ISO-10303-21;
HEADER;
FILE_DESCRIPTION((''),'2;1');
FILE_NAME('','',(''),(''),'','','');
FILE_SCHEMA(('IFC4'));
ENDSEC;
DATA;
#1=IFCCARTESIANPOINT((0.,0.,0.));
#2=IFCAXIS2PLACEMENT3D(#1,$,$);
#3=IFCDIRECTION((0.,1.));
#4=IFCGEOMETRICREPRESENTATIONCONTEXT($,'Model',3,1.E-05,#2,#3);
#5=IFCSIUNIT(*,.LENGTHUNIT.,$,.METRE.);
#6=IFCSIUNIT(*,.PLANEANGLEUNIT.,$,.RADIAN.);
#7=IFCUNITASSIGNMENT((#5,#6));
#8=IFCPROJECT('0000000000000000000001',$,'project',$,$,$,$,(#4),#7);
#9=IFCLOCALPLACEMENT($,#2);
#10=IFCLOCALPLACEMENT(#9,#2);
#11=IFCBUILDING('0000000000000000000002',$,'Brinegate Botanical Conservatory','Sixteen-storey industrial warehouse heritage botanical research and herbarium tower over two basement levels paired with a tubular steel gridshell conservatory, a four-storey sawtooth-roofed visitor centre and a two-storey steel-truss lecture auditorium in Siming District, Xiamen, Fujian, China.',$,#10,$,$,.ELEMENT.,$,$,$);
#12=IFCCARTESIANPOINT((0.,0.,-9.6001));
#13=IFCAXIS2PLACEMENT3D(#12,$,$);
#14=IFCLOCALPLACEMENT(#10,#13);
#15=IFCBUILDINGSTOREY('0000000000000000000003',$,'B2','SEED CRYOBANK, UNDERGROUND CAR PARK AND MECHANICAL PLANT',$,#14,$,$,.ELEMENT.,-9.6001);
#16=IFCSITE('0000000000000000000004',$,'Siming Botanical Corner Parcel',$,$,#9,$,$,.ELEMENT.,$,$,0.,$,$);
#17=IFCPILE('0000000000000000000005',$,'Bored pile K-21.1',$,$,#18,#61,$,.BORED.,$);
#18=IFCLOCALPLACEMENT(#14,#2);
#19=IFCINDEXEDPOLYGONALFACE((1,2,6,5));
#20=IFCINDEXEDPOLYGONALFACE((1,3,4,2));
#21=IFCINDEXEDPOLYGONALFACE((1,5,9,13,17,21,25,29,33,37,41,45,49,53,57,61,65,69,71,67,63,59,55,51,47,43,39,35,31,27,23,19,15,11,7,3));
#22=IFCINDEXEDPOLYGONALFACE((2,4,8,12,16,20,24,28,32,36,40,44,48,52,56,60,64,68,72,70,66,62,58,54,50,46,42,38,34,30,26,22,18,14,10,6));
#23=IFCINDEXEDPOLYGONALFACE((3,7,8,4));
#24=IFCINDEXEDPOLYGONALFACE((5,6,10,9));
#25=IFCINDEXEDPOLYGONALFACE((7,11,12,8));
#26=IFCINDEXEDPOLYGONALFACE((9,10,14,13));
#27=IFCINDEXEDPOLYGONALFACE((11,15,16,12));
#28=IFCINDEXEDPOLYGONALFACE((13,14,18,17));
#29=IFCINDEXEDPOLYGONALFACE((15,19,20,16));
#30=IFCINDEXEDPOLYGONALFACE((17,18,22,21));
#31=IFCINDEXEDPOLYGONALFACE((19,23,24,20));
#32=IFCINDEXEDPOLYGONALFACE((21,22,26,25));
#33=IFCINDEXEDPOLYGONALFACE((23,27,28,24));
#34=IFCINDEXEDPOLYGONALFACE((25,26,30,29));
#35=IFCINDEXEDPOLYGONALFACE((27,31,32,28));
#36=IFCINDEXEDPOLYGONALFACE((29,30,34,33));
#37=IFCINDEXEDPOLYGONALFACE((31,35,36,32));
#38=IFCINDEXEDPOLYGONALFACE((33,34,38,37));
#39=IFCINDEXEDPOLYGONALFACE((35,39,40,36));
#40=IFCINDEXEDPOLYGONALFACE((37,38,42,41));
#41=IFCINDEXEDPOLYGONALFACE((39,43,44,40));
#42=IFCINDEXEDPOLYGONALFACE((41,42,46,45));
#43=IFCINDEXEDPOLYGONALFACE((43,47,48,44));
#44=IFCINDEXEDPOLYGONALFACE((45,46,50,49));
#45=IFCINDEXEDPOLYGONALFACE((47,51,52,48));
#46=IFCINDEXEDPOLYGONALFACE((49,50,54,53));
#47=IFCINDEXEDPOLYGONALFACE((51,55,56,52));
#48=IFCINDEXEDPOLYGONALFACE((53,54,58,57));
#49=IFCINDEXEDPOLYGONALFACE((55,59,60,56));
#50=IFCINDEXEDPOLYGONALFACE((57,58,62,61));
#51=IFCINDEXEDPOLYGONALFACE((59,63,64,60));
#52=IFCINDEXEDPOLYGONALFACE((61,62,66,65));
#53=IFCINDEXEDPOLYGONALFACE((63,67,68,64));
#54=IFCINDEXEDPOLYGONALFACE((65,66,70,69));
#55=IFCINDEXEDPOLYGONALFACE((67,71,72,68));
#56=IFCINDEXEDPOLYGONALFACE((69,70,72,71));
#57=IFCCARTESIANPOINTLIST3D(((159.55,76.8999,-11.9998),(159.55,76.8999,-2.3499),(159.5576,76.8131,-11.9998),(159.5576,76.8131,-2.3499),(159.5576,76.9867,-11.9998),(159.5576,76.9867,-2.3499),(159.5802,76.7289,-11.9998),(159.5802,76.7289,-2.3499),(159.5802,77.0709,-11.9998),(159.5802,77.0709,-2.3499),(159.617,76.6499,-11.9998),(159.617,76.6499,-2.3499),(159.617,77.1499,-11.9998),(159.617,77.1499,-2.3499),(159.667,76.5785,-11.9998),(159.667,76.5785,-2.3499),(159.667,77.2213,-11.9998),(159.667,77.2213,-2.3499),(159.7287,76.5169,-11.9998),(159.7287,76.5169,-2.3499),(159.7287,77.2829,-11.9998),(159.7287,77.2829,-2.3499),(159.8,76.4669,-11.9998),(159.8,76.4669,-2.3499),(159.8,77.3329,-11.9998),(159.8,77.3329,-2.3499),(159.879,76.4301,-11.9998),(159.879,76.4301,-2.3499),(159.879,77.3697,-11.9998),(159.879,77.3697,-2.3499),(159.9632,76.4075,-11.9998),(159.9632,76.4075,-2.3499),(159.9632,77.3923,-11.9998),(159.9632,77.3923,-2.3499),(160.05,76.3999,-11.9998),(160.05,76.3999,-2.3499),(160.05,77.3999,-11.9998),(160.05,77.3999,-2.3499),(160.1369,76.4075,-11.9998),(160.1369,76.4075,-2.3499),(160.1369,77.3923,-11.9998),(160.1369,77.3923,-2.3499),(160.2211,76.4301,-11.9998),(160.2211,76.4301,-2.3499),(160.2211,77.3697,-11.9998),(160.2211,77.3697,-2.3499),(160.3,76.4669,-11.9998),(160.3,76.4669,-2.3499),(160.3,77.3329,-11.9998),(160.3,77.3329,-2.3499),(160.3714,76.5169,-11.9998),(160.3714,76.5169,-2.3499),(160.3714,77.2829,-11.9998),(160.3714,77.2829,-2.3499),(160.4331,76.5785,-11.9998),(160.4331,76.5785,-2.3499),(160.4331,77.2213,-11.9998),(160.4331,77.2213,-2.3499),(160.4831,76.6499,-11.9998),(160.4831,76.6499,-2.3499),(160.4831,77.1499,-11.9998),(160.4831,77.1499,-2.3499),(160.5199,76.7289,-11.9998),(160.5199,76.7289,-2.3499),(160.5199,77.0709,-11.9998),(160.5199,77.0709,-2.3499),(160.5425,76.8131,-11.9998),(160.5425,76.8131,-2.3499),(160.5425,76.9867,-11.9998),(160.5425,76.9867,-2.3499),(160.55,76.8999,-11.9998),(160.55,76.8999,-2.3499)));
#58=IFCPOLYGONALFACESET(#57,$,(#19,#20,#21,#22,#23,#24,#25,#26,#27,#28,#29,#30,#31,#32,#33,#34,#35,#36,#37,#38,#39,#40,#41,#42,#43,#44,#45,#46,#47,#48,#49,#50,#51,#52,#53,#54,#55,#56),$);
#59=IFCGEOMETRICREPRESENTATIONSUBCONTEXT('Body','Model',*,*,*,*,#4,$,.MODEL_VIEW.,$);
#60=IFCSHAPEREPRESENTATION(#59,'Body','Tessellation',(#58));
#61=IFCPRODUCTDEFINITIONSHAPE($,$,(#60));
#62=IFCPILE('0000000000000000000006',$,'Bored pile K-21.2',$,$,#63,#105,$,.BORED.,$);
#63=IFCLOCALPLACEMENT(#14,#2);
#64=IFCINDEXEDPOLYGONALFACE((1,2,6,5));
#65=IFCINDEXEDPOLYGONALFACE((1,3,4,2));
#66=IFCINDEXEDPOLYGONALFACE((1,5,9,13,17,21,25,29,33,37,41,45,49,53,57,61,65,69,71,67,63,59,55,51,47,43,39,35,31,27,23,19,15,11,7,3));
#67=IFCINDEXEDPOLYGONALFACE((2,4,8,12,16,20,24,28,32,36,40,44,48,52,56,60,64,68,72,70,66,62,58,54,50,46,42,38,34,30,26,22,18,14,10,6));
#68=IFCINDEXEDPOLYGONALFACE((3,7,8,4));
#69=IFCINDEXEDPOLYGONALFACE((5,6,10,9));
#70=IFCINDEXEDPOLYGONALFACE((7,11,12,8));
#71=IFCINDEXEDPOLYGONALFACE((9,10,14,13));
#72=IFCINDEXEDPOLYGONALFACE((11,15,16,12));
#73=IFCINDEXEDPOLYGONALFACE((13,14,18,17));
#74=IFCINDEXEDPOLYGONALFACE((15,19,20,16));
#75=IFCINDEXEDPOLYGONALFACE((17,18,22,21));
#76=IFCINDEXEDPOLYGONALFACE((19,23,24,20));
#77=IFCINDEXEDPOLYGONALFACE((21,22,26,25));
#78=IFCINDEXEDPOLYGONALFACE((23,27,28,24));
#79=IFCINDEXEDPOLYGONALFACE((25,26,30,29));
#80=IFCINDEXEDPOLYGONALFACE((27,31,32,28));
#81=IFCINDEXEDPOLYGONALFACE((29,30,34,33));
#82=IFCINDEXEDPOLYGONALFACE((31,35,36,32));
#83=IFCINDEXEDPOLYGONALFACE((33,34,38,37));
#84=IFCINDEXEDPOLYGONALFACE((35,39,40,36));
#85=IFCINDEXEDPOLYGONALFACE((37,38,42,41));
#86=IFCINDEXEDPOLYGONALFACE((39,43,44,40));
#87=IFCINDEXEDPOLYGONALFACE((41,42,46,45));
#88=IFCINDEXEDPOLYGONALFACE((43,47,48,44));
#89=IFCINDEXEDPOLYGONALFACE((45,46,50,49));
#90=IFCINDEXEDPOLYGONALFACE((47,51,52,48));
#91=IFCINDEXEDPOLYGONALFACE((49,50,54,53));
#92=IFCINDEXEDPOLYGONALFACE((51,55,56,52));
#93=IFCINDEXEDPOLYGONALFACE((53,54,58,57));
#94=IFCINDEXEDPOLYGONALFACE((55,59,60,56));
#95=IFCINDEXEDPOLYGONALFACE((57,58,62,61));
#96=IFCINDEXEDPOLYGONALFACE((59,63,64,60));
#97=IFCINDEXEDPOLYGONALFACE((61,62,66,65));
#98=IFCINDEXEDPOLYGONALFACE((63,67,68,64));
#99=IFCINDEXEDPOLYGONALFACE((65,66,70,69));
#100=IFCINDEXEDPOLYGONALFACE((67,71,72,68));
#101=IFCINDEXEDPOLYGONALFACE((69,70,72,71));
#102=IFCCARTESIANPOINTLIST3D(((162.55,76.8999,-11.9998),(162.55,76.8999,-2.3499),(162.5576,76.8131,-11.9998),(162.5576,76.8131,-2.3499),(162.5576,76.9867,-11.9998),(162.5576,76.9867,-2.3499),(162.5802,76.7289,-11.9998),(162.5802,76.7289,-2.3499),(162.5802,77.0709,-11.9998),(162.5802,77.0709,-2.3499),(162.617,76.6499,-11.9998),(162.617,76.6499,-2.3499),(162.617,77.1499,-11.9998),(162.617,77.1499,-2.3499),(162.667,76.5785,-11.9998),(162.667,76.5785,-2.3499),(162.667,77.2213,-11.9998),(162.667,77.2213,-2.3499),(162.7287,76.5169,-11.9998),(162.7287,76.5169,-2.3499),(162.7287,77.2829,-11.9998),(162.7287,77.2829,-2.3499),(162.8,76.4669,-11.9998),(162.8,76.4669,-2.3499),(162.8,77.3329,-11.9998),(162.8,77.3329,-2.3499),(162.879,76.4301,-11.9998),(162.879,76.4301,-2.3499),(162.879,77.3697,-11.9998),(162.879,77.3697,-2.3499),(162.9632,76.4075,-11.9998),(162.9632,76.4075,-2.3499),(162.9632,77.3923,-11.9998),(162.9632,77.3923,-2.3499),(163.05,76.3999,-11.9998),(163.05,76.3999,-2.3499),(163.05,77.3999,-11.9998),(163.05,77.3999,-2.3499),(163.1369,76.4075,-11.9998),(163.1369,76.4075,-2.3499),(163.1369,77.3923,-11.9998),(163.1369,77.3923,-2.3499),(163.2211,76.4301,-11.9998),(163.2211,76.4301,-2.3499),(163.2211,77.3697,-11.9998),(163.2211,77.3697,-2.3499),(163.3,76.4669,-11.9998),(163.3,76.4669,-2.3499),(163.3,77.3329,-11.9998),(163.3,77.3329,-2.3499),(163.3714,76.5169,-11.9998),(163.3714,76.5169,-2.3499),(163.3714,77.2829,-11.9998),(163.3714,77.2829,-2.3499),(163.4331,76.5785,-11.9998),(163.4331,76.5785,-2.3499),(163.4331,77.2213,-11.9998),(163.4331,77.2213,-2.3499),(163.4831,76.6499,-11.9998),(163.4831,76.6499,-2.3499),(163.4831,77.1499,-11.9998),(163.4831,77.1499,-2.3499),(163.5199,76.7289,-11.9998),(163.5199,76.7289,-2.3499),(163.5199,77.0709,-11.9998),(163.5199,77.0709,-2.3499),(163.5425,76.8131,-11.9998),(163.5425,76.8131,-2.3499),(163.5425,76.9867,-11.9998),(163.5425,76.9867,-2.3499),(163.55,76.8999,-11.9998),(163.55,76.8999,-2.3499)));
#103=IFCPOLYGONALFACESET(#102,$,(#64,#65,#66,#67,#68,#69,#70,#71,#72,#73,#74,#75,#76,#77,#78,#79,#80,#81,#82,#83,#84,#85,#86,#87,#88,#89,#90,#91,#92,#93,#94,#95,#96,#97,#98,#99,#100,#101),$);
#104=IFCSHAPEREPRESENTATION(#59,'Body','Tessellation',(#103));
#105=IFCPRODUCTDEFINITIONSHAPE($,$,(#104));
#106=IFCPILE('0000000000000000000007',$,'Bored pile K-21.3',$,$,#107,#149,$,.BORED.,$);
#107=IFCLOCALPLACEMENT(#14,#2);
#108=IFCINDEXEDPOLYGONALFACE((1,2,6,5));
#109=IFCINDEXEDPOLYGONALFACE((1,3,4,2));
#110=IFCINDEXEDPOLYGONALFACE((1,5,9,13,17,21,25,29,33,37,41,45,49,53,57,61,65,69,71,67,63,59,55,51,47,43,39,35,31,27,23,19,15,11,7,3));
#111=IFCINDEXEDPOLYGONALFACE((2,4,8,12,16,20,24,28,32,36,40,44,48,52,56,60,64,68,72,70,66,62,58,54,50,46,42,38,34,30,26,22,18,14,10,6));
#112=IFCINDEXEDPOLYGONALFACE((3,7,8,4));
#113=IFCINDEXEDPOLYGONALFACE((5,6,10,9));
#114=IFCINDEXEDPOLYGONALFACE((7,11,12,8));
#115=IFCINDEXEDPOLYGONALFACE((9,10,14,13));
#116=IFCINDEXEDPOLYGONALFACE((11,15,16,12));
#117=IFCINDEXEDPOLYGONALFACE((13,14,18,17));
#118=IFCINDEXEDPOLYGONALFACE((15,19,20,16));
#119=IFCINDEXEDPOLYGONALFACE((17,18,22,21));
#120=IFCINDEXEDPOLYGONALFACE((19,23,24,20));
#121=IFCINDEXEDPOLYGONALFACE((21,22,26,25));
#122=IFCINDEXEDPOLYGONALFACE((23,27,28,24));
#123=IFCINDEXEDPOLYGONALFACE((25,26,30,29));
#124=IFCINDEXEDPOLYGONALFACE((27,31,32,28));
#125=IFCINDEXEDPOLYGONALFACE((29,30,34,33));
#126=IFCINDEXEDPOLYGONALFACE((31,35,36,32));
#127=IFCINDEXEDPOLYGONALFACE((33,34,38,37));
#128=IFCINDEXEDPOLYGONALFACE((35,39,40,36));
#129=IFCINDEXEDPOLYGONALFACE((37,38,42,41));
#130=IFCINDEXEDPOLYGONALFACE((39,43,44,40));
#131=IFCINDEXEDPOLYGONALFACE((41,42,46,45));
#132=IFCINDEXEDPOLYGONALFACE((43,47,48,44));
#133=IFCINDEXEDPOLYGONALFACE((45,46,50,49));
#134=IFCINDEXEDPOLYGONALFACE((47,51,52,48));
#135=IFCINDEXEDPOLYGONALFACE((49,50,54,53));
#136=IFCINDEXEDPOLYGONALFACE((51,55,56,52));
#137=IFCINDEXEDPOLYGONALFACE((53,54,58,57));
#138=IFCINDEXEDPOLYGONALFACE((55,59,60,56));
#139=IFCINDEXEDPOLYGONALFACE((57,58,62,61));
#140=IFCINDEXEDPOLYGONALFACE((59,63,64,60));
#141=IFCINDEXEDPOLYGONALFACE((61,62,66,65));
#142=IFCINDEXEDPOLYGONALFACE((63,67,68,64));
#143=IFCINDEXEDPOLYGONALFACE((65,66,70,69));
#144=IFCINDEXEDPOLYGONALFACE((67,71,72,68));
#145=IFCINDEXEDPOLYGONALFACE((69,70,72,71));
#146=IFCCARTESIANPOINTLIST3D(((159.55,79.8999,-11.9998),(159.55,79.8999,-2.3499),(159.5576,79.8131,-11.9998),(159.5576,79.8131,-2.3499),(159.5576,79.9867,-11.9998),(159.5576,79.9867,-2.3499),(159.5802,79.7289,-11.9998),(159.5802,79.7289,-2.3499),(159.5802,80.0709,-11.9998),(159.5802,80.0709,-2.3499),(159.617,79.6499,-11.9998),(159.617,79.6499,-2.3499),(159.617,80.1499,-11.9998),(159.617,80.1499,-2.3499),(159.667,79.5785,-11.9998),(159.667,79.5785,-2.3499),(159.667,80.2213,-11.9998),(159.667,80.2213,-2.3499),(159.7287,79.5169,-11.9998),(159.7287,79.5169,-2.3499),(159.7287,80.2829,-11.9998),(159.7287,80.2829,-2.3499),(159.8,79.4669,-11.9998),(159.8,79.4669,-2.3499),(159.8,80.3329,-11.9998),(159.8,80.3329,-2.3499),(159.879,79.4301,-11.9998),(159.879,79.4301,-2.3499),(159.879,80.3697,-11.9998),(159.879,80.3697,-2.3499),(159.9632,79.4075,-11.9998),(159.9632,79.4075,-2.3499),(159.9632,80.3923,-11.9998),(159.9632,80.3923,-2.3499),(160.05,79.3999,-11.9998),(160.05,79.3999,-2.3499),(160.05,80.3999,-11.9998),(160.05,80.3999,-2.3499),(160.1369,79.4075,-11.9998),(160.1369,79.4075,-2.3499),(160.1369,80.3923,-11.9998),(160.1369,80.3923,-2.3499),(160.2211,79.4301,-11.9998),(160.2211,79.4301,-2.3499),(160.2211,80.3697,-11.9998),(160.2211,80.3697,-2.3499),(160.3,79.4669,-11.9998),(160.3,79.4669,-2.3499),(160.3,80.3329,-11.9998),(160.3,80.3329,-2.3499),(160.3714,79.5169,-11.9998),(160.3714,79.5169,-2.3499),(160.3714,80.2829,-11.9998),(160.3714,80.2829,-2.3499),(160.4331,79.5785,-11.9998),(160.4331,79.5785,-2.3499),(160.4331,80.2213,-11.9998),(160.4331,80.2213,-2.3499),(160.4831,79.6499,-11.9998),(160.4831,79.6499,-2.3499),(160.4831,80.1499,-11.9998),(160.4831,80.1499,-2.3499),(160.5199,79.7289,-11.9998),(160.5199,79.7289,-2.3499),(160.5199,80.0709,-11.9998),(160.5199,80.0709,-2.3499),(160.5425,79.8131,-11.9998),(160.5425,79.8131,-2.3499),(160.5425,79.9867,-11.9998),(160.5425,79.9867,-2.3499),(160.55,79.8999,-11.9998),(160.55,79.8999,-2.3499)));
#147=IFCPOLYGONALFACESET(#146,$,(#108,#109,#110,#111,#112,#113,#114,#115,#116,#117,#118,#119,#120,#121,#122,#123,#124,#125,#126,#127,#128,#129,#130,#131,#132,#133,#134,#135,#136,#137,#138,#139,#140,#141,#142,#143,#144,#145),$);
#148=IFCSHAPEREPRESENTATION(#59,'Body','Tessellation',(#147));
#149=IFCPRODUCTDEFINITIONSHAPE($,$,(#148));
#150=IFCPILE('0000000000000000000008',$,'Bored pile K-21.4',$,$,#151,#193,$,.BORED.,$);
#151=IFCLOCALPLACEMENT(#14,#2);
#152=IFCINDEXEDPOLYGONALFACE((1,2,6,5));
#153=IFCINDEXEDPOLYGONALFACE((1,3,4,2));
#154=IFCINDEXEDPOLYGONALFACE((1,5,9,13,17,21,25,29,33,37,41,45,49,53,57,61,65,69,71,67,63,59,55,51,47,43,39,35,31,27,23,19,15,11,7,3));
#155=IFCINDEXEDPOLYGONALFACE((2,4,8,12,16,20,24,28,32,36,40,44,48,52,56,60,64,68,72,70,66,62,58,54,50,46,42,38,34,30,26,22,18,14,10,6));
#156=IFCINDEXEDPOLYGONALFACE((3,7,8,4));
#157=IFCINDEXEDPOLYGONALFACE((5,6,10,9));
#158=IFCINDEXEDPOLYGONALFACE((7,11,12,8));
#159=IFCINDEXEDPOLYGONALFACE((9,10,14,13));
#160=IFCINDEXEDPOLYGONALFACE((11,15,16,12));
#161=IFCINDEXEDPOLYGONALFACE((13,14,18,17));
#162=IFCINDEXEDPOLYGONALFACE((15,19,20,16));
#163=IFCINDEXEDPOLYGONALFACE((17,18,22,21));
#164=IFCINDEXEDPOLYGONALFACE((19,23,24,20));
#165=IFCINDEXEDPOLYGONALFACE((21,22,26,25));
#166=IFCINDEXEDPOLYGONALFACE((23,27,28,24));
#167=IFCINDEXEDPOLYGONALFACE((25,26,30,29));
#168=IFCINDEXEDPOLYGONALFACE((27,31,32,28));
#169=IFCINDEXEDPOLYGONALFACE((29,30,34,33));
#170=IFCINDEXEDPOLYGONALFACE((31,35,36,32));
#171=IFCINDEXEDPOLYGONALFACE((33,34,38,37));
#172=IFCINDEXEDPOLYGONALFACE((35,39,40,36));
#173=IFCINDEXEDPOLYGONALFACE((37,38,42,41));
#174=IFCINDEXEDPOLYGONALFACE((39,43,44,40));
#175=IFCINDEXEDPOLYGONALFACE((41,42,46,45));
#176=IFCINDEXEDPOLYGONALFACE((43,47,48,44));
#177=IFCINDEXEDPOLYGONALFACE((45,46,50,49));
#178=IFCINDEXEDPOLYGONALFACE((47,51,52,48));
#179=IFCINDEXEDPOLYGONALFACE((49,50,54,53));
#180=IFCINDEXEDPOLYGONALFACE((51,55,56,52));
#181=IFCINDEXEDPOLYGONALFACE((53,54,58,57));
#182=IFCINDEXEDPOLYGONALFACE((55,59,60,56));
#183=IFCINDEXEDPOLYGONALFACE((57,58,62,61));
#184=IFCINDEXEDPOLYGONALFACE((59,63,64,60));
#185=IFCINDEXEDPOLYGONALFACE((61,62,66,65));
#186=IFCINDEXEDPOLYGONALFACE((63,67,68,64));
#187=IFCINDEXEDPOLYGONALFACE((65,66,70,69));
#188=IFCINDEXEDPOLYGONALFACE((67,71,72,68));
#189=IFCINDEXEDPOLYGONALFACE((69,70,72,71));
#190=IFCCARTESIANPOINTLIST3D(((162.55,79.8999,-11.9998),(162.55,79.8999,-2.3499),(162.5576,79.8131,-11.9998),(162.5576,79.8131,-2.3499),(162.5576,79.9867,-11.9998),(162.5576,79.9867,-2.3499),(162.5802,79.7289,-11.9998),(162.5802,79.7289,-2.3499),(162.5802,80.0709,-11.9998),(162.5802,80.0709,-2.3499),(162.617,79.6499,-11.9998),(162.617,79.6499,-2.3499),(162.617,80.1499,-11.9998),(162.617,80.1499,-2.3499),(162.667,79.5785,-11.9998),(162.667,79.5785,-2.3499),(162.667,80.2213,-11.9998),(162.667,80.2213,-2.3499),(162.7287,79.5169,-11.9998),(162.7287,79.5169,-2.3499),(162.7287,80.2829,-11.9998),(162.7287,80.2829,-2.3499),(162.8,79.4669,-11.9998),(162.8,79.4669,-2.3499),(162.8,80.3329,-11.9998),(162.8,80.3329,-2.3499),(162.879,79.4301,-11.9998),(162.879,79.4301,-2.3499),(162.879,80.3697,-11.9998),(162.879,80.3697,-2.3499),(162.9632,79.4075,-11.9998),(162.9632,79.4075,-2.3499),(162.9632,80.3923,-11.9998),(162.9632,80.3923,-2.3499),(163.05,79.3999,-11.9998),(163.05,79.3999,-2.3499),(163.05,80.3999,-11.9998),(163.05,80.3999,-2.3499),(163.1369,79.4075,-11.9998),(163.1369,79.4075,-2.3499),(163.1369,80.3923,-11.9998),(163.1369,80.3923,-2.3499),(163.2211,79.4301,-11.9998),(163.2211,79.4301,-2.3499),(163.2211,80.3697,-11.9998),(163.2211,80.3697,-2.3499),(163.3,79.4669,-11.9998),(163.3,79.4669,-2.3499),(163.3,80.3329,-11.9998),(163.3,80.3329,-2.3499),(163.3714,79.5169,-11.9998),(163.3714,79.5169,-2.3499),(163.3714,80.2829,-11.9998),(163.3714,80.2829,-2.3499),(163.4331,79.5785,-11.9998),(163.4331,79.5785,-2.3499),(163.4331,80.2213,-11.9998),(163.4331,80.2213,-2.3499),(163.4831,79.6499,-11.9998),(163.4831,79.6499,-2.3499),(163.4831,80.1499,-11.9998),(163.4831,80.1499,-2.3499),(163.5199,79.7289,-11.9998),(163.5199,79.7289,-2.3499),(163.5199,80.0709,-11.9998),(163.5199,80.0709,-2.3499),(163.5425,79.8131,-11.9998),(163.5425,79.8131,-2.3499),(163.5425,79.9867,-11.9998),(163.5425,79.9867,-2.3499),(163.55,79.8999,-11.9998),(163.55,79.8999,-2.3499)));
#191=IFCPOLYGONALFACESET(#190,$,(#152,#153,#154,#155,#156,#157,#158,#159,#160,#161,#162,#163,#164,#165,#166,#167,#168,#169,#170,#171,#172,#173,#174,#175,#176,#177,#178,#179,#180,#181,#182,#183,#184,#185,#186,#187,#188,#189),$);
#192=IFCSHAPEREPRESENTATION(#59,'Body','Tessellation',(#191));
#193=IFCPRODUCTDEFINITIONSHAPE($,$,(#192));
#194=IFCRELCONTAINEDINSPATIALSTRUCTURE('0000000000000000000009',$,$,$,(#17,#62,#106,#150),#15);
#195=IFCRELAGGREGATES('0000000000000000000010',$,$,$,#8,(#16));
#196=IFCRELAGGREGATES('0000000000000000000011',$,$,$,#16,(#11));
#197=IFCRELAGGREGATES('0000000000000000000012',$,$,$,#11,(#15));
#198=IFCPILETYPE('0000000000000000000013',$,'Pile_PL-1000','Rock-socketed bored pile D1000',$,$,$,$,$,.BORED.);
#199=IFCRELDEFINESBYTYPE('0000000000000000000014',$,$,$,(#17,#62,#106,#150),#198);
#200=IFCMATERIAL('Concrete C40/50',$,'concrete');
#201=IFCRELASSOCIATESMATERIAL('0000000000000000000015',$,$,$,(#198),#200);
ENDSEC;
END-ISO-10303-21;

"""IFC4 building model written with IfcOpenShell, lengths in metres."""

from ifc_helpers import new_model, si_unit, direction, frame, origin, origin_2d, place, context, subcontext, project, spatial, circle, extrude, material, material_profile, profile_set, type_object, element, save


model = new_model("IFC4")

# Units and contexts
model_context = context("Model", 3, precision=1e-05, world=origin(), true_north=direction((0.0, 1.0)))
body_context = subcontext(model_context, "Body", "Model", "MODEL_VIEW")
ifc_project = project(units=[si_unit("LENGTHUNIT", "METRE"), si_unit("PLANEANGLEUNIT", "RADIAN")], contexts=[model_context])

# Site, building, storey
site_placement = place(None, origin())
site = spatial("IfcSite", under=ifc_project, at=site_placement, Name="Siming Botanical Corner Parcel", CompositionType="ELEMENT", RefElevation=0.0)
building_placement = place(site_placement, origin())
building = spatial("IfcBuilding", under=site, at=building_placement, Name="Brinegate Botanical Conservatory", Description="Sixteen-storey industrial warehouse heritage botanical research and herbarium tower over two basement levels paired with a tubular steel gridshell conservatory, a four-storey sawtooth-roofed visitor centre and a two-storey steel-truss lecture auditorium in Siming District, Xiamen, Fujian, China.", CompositionType="ELEMENT")
storey_placement = place(building_placement, frame((0.0, 0.0, -9.6001)))
storey = spatial("IfcBuildingStorey", under=building, at=storey_placement, Name="B2", Description="SEED CRYOBANK, UNDERGROUND CAR PARK AND MECHANICAL PLANT", CompositionType="ELEMENT", Elevation=-9.6001)

# Shared definitions
ifc_material_1 = material(Name="Concrete C40/50", Category="concrete")

# Piles
ifc_material_profile_1 = material_profile(ifc_material_1, circle(Radius=0.5, at=origin_2d()), Name="PILE D1000")
ifc_profile_set_1 = profile_set([ifc_material_profile_1], Name="Concrete C40/50")
pile_type_1 = type_object("IfcPileType", Name="Pile_PL-1000", Description="Rock-socketed bored pile D1000", PredefinedType="BORED", material=ifc_profile_set_1)
for number, where, z_axis, x_axis, name in (
    (1, (160.05, 76.8999, -2.3499), (0.0, 0.0, -1.0), (1.0, 0.0, 0.0), "Bored pile K-21.1"),
    (2, (163.05, 76.8999, -2.3499), (0.0, 0.0, -1.0), (1.0, 0.0, 0.0), "Bored pile K-21.2"),
    (3, (160.05, 79.8999, -2.3499), (0.0, 0.0, -1.0), (1.0, 0.0, 0.0), "Bored pile K-21.3"),
    (4, (163.05, 79.8999, -2.3499), (0.0, 0.0, -1.0), (1.0, 0.0, 0.0), "Bored pile K-21.4"),
):
    element("IfcPile", number, at=place(storey_placement, frame(where, z_axis=z_axis, x_axis=x_axis)), inside=storey, type_object=pile_type_1, Name=name, PredefinedType="BORED", context=body_context, shape_type="SweptSolid", body=[
        extrude(circle(Radius=0.5, at=origin_2d()), origin(), (0.0, 0.0, 1.0), 9.6499),
    ])

save(model, "model.ifc")
